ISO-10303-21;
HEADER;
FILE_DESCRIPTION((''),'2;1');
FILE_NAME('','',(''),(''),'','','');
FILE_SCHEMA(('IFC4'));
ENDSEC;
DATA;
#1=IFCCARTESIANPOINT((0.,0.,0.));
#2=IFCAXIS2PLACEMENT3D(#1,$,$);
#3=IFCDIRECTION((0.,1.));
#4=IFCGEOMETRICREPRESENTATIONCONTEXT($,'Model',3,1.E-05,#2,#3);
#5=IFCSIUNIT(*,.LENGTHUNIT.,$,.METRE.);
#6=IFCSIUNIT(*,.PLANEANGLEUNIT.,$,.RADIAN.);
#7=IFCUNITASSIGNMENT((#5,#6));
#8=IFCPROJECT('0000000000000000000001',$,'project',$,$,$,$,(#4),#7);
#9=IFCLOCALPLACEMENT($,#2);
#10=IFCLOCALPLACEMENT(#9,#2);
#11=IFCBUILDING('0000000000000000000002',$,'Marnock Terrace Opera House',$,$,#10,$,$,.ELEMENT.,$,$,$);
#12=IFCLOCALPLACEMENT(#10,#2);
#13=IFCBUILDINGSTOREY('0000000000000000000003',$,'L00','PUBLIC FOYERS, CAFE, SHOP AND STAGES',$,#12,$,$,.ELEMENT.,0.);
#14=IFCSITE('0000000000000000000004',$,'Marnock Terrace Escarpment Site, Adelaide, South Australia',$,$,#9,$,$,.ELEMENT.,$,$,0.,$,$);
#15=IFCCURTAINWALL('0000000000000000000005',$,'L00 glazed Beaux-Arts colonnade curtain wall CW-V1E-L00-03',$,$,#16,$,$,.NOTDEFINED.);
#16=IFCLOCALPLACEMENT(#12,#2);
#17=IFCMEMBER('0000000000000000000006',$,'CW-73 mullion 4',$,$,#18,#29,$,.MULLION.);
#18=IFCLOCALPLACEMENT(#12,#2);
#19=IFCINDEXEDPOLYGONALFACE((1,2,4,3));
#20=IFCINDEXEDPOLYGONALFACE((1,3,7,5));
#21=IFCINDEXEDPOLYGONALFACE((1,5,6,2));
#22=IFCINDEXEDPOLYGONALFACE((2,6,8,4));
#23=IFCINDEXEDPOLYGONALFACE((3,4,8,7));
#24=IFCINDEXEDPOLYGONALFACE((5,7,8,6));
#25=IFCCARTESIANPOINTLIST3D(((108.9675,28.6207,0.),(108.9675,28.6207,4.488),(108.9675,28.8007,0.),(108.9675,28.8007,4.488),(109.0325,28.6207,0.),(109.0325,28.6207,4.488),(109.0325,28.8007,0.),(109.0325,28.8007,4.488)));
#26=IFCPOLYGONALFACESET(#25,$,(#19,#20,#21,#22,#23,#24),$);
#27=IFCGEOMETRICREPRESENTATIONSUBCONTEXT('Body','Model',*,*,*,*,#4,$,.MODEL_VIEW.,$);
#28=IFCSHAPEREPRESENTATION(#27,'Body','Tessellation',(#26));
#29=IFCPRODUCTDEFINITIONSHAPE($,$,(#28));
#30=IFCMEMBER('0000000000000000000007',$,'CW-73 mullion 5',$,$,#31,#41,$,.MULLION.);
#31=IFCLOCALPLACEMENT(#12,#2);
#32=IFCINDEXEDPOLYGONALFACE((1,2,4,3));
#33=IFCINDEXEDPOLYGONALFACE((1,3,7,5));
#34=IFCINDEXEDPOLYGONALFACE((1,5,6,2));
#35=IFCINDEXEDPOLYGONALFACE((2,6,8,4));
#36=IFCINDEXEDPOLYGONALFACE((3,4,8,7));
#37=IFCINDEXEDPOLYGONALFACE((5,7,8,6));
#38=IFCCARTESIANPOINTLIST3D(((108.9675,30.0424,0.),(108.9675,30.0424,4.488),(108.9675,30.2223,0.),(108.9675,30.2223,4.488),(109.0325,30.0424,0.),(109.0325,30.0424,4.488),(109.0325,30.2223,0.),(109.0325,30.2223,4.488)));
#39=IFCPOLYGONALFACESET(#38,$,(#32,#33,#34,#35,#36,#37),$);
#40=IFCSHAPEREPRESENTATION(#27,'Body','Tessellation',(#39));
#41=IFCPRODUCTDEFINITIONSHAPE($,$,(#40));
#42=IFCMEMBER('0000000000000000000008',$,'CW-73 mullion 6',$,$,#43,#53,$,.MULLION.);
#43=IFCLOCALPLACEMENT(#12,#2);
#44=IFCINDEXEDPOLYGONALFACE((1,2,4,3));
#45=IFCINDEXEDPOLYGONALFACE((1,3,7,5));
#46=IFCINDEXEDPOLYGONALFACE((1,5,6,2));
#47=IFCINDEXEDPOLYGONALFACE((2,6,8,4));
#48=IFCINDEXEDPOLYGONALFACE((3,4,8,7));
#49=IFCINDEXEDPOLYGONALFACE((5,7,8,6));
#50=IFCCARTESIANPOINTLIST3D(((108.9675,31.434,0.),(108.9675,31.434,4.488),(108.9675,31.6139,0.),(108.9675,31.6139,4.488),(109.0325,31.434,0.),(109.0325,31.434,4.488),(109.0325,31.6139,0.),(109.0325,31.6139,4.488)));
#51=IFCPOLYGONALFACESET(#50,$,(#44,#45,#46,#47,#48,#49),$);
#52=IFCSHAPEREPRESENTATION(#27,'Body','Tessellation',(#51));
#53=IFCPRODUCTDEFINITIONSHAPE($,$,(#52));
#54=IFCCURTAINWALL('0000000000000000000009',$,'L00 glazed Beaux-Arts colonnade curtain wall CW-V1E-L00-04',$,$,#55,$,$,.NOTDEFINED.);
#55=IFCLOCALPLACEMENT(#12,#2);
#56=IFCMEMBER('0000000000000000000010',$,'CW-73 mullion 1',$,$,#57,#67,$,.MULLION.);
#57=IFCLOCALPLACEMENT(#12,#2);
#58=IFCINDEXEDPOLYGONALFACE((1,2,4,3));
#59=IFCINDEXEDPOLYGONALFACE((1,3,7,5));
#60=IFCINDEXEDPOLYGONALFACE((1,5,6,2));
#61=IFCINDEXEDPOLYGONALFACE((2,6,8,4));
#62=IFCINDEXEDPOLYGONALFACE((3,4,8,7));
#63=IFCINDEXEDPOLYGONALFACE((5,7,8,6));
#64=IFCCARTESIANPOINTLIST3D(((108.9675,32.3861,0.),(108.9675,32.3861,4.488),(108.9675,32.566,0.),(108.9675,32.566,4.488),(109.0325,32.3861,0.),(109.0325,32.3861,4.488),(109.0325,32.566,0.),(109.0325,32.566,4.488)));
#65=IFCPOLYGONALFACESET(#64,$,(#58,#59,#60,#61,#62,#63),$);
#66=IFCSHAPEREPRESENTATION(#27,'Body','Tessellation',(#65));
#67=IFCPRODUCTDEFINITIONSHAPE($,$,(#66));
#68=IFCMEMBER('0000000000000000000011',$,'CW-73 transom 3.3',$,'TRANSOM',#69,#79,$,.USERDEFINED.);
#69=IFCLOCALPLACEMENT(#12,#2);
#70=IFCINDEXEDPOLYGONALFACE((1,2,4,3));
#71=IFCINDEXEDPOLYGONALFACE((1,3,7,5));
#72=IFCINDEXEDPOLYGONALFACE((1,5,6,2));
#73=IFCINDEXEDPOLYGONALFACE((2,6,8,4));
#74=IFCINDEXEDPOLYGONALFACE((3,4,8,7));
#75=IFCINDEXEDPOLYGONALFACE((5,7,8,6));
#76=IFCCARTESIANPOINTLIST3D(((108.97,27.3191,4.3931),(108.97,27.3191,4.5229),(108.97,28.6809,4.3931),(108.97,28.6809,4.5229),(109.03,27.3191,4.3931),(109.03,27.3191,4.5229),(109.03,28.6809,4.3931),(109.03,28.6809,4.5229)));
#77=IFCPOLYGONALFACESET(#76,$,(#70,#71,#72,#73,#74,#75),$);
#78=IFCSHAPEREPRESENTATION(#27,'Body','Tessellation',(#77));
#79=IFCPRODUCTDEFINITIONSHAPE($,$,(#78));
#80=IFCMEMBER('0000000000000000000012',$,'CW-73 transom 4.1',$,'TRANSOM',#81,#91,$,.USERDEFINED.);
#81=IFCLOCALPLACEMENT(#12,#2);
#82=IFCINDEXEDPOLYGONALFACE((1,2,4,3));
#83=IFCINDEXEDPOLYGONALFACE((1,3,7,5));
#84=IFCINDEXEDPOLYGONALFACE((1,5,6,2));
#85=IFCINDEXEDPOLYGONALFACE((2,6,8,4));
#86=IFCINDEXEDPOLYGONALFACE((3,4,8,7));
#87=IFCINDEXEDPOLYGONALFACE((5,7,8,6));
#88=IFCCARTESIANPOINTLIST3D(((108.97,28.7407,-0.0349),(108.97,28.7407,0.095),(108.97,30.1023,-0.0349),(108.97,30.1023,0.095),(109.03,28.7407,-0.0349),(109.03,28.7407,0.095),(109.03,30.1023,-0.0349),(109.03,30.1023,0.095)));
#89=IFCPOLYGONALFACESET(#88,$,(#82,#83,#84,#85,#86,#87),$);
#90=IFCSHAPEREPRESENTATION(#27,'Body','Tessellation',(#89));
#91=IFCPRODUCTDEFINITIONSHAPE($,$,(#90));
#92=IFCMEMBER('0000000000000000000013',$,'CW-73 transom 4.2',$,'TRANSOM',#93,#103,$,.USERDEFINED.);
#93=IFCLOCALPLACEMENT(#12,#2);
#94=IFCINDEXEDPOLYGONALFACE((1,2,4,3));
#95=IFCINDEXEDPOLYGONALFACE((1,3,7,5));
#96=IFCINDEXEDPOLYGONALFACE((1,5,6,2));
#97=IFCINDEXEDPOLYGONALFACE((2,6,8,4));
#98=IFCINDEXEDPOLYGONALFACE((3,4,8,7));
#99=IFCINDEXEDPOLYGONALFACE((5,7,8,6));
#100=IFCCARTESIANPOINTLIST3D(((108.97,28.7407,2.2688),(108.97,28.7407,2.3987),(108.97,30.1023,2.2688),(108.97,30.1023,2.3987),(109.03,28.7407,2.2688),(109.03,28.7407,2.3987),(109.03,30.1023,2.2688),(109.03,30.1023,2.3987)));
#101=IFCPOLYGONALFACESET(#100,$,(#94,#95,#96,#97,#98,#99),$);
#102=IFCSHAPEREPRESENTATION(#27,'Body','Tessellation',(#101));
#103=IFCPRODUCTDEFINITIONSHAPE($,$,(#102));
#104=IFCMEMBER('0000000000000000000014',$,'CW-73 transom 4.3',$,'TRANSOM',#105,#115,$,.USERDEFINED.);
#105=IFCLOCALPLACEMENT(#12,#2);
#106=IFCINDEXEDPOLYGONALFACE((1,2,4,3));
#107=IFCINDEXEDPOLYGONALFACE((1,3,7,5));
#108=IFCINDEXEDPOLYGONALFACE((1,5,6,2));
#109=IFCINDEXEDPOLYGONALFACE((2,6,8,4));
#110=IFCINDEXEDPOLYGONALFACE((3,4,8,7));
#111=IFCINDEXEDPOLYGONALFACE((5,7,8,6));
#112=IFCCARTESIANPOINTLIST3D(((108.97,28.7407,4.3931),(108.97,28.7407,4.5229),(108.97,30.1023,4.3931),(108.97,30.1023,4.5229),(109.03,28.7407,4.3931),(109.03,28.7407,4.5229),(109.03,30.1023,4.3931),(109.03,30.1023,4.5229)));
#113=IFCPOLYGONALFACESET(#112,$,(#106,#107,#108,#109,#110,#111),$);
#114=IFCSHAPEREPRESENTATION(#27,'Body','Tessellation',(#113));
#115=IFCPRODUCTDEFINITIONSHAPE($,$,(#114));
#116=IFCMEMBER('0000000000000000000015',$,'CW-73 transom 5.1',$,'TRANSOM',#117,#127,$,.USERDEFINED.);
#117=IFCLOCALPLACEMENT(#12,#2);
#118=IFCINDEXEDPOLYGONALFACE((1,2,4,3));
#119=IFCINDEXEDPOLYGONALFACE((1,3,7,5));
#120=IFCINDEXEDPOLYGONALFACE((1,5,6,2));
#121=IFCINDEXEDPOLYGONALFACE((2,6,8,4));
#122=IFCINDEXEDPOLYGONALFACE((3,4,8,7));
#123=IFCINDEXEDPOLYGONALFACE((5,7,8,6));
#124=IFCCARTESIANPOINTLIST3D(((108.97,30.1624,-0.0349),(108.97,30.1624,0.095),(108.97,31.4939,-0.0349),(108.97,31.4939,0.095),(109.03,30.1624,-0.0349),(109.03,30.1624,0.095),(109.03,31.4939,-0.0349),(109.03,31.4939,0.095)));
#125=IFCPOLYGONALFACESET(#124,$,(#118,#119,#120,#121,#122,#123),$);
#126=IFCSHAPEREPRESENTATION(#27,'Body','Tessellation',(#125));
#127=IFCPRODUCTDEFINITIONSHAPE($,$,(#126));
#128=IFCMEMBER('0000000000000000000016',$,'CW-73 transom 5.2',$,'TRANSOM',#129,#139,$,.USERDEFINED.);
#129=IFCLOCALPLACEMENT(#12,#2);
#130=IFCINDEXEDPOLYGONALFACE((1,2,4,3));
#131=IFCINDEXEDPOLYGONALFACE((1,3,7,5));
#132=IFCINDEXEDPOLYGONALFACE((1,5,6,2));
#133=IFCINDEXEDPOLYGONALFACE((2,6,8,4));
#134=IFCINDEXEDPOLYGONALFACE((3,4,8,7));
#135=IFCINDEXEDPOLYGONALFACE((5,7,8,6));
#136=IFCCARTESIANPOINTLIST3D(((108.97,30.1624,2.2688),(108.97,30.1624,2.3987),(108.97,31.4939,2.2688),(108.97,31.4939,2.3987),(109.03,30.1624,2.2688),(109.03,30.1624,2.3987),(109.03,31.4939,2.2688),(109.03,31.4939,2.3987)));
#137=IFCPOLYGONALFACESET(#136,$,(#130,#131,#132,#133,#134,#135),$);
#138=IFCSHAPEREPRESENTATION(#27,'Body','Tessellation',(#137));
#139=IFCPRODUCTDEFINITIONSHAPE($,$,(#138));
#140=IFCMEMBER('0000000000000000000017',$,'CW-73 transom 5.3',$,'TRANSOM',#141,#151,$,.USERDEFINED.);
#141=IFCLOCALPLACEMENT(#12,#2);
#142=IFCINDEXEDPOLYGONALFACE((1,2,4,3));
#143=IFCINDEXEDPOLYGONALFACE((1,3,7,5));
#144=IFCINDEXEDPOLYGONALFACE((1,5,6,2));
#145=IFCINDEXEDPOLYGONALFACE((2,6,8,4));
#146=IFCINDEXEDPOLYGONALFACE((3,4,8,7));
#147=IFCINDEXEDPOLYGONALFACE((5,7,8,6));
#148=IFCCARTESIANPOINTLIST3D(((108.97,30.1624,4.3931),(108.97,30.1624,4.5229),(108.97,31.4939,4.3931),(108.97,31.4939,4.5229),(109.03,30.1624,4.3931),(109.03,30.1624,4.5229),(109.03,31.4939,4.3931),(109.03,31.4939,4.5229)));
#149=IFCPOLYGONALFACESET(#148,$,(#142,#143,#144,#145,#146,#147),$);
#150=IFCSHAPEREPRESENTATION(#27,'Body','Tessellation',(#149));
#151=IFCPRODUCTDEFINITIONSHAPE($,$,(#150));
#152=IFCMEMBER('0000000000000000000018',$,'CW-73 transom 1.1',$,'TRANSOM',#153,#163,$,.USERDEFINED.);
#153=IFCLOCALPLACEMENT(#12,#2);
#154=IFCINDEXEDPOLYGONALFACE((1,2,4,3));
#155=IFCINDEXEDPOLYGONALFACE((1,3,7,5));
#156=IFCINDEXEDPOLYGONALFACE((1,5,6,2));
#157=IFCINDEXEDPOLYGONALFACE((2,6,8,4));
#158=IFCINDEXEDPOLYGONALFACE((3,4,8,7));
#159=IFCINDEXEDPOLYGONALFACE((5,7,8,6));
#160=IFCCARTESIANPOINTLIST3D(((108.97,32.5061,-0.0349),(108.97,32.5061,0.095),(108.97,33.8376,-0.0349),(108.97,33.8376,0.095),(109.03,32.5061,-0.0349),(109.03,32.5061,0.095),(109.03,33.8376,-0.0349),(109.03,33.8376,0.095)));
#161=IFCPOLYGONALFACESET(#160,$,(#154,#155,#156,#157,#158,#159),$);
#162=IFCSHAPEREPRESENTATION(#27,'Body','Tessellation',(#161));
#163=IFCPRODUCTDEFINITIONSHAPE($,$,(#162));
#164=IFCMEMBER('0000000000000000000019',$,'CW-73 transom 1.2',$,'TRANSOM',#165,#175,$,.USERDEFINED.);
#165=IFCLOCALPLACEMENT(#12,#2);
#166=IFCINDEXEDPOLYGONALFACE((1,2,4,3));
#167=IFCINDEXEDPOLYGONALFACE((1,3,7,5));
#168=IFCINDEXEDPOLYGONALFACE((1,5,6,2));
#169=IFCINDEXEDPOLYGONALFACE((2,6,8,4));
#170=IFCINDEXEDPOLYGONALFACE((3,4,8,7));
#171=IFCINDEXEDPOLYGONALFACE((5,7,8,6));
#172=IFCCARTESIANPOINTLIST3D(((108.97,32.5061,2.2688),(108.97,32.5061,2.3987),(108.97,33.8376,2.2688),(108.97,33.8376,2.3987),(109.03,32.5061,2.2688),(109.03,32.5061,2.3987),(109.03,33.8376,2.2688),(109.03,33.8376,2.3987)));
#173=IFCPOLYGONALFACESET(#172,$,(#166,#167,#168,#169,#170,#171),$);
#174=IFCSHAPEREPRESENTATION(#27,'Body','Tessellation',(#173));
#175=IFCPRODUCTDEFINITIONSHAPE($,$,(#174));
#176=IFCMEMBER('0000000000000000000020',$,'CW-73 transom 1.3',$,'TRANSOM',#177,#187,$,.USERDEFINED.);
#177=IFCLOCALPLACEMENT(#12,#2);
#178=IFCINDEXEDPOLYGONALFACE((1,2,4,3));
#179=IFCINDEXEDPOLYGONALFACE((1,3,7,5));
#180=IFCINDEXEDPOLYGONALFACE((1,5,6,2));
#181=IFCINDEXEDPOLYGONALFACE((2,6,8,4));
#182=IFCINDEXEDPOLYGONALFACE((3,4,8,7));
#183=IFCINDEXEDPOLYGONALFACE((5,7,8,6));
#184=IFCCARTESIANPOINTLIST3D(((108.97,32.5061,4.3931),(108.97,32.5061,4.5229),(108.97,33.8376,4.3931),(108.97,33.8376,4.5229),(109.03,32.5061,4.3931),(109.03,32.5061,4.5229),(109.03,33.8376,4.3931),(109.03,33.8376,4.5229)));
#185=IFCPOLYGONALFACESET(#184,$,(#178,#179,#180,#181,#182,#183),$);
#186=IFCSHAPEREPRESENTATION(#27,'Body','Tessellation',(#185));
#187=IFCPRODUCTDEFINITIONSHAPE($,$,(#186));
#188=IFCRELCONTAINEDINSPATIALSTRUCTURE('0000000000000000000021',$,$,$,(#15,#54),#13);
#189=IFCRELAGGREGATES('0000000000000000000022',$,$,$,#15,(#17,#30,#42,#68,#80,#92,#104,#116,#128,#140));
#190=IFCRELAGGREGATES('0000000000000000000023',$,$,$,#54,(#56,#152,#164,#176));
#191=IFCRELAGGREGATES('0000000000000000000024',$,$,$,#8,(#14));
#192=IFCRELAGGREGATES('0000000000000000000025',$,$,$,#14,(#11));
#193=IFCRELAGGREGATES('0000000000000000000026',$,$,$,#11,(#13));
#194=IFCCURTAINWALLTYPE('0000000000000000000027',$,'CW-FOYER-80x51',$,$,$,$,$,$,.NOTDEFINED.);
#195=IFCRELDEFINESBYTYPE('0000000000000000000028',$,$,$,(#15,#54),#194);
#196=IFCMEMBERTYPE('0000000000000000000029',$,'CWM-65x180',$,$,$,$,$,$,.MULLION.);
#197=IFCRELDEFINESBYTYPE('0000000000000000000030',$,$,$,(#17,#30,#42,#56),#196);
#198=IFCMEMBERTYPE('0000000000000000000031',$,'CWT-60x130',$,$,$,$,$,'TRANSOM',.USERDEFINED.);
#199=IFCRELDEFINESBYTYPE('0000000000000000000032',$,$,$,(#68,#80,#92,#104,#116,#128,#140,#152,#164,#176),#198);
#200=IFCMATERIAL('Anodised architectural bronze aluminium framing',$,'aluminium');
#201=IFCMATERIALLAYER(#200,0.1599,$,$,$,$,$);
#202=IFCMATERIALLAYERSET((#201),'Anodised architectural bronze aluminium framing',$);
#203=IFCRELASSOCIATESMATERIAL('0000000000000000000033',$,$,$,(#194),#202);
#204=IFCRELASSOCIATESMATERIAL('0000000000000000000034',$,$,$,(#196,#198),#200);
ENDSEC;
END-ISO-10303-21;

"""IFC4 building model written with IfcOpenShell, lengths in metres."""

from ifc_helpers import new_model, si_unit, direction, frame, origin, origin_2d, place, context, subcontext, project, spatial, rectangle, extrude, material, layer, layer_set, material_profile, profile_set, type_object, element, aggregate, save


model = new_model("IFC4")

# Units and contexts
model_context = context("Model", 3, precision=1e-05, world=origin(), true_north=direction((0.0, 1.0)))
body_context = subcontext(model_context, "Body", "Model", "MODEL_VIEW")
ifc_project = project(units=[si_unit("LENGTHUNIT", "METRE"), si_unit("PLANEANGLEUNIT", "RADIAN")], contexts=[model_context])

# Site, building, storey
site_placement = place(None, origin())
site = spatial("IfcSite", under=ifc_project, at=site_placement, Name="Marnock Terrace Escarpment Site, Adelaide, South Australia", CompositionType="ELEMENT", RefElevation=0.0)
building_placement = place(site_placement, origin())
building = spatial("IfcBuilding", under=site, at=building_placement, Name="Marnock Terrace Opera House", CompositionType="ELEMENT")
storey_placement = place(building_placement, origin())
storey = spatial("IfcBuildingStorey", under=building, at=storey_placement, Name="L00", Description="PUBLIC FOYERS, CAFE, SHOP AND STAGES", CompositionType="ELEMENT", Elevation=0.0)

# Curtain wall, members
ifc_material_1 = material(Name="Anodised architectural bronze aluminium framing", Category="aluminium")
ifc_layer_1 = layer(ifc_material_1, 0.1599)
ifc_layer_set_1 = layer_set([ifc_layer_1], Name="Anodised architectural bronze aluminium framing")
curtain_wall_type = type_object("IfcCurtainWallType", Name="CW-FOYER-80x51", PredefinedType="NOTDEFINED", material=ifc_layer_set_1)
curtain_wall_1_placement = place(storey_placement, origin())
curtain_wall_1 = element("IfcCurtainWall", 1, at=curtain_wall_1_placement, inside=storey, type_object=curtain_wall_type, Name="L00 glazed Beaux-Arts colonnade curtain wall CW-V1E-L00-03", PredefinedType="NOTDEFINED")
ifc_material_profile_1 = material_profile(ifc_material_1, rectangle(XDim=0.0649, YDim=0.1799, at=origin_2d()))
ifc_profile_set_1 = profile_set([ifc_material_profile_1], Name="Anodised architectural bronze aluminium framing")
member_type_1 = type_object("IfcMemberType", Name="CWM-65x180", PredefinedType="MULLION", material=ifc_profile_set_1)
member_1_placement = place(storey_placement, frame((109.0, 28.7107, 0.0), z_axis=(0.0, 0.0, 1.0), x_axis=(-1.0, 0.0, 0.0)))
member_1 = element("IfcMember", 2, at=member_1_placement, type_object=member_type_1, Name="CW-73 mullion 4", PredefinedType="MULLION", context=body_context, shape_type="SweptSolid", body=[
    extrude(rectangle(XDim=0.0649, YDim=0.1799, at=origin_2d()), origin(), (0.0, 0.0, 1.0), 4.488),
])
member_2_placement = place(storey_placement, frame((109.0, 30.1323, 0.0), z_axis=(0.0, 0.0, 1.0), x_axis=(-1.0, 0.0, 0.0)))
member_2 = element("IfcMember", 3, at=member_2_placement, type_object=member_type_1, Name="CW-73 mullion 5", PredefinedType="MULLION", context=body_context, shape_type="SweptSolid", body=[
    extrude(rectangle(XDim=0.0649, YDim=0.1799, at=origin_2d()), origin(), (0.0, 0.0, 1.0), 4.488),
])
member_3_placement = place(storey_placement, frame((109.0, 31.5239, 0.0), z_axis=(0.0, 0.0, 1.0), x_axis=(-1.0, 0.0, 0.0)))
member_3 = element("IfcMember", 4, at=member_3_placement, type_object=member_type_1, Name="CW-73 mullion 6", PredefinedType="MULLION", context=body_context, shape_type="SweptSolid", body=[
    extrude(rectangle(XDim=0.0649, YDim=0.1799, at=origin_2d()), origin(), (0.0, 0.0, 1.0), 4.488),
])

# Curtain wall, member
curtain_wall_2_placement = place(storey_placement, origin())
curtain_wall_2 = element("IfcCurtainWall", 5, at=curtain_wall_2_placement, inside=storey, type_object=curtain_wall_type, Name="L00 glazed Beaux-Arts colonnade curtain wall CW-V1E-L00-04", PredefinedType="NOTDEFINED")
member_4_placement = place(storey_placement, frame((109.0, 32.4761, 0.0), z_axis=(0.0, 0.0, 1.0), x_axis=(-1.0, 0.0, 0.0)))
member_4 = element("IfcMember", 6, at=member_4_placement, type_object=member_type_1, Name="CW-73 mullion 1", PredefinedType="MULLION", context=body_context, shape_type="SweptSolid", body=[
    extrude(rectangle(XDim=0.0649, YDim=0.1799, at=origin_2d()), origin(), (0.0, 0.0, 1.0), 4.488),
])

# Members
ifc_material_profile_2 = material_profile(ifc_material_1, rectangle(XDim=0.0601, YDim=0.1299, at=origin_2d()))
ifc_profile_set_2 = profile_set([ifc_material_profile_2], Name="Anodised architectural bronze aluminium framing")
member_type_2 = type_object("IfcMemberType", Name="CWT-60x130", ElementType="TRANSOM", PredefinedType="USERDEFINED", material=ifc_profile_set_2)
member_5_placement = place(storey_placement, frame((109.0, 27.3191, 4.458), z_axis=(0.0, 1.0, 0.0), x_axis=(-1.0, 0.0, 0.0)))
member_5 = element("IfcMember", 7, at=member_5_placement, type_object=member_type_2, Name="CW-73 transom 3.3", ObjectType="TRANSOM", PredefinedType="USERDEFINED", context=body_context, shape_type="SweptSolid", body=[
    extrude(rectangle(XDim=0.0601, YDim=0.1299, at=origin_2d()), origin(), (0.0, 0.0, 1.0), 1.3618),
])
member_6_placement = place(storey_placement, frame((109.0, 28.7407, 0.03), z_axis=(0.0, 1.0, 0.0), x_axis=(-1.0, 0.0, 0.0)))
member_6 = element("IfcMember", 8, at=member_6_placement, type_object=member_type_2, Name="CW-73 transom 4.1", ObjectType="TRANSOM", PredefinedType="USERDEFINED", context=body_context, shape_type="SweptSolid", body=[
    extrude(rectangle(XDim=0.0601, YDim=0.1299, at=origin_2d()), origin(), (0.0, 0.0, 1.0), 1.3616),
])
member_7_placement = place(storey_placement, frame((109.0, 28.7407, 2.3337), z_axis=(0.0, 1.0, 0.0), x_axis=(-1.0, 0.0, 0.0)))
member_7 = element("IfcMember", 9, at=member_7_placement, type_object=member_type_2, Name="CW-73 transom 4.2", ObjectType="TRANSOM", PredefinedType="USERDEFINED", context=body_context, shape_type="SweptSolid", body=[
    extrude(rectangle(XDim=0.0601, YDim=0.1299, at=origin_2d()), origin(), (0.0, 0.0, 1.0), 1.3616),
])
member_8_placement = place(storey_placement, frame((109.0, 28.7407, 4.458), z_axis=(0.0, 1.0, 0.0), x_axis=(-1.0, 0.0, 0.0)))
member_8 = element("IfcMember", 10, at=member_8_placement, type_object=member_type_2, Name="CW-73 transom 4.3", ObjectType="TRANSOM", PredefinedType="USERDEFINED", context=body_context, shape_type="SweptSolid", body=[
    extrude(rectangle(XDim=0.0601, YDim=0.1299, at=origin_2d()), origin(), (0.0, 0.0, 1.0), 1.3616),
])
member_9_placement = place(storey_placement, frame((109.0, 30.1624, 0.03), z_axis=(0.0, 1.0, 0.0), x_axis=(-1.0, 0.0, 0.0)))
member_9 = element("IfcMember", 11, at=member_9_placement, type_object=member_type_2, Name="CW-73 transom 5.1", ObjectType="TRANSOM", PredefinedType="USERDEFINED", context=body_context, shape_type="SweptSolid", body=[
    extrude(rectangle(XDim=0.0601, YDim=0.1299, at=origin_2d()), origin(), (0.0, 0.0, 1.0), 1.3315),
])
member_10_placement = place(storey_placement, frame((109.0, 30.1624, 2.3337), z_axis=(0.0, 1.0, 0.0), x_axis=(-1.0, 0.0, 0.0)))
member_10 = element("IfcMember", 12, at=member_10_placement, type_object=member_type_2, Name="CW-73 transom 5.2", ObjectType="TRANSOM", PredefinedType="USERDEFINED", context=body_context, shape_type="SweptSolid", body=[
    extrude(rectangle(XDim=0.0601, YDim=0.1299, at=origin_2d()), origin(), (0.0, 0.0, 1.0), 1.3315),
])
member_11_placement = place(storey_placement, frame((109.0, 30.1624, 4.458), z_axis=(0.0, 1.0, 0.0), x_axis=(-1.0, 0.0, 0.0)))
member_11 = element("IfcMember", 13, at=member_11_placement, type_object=member_type_2, Name="CW-73 transom 5.3", ObjectType="TRANSOM", PredefinedType="USERDEFINED", context=body_context, shape_type="SweptSolid", body=[
    extrude(rectangle(XDim=0.0601, YDim=0.1299, at=origin_2d()), origin(), (0.0, 0.0, 1.0), 1.3315),
])
member_12_placement = place(storey_placement, frame((109.0, 32.5061, 0.03), z_axis=(0.0, 1.0, 0.0), x_axis=(-1.0, 0.0, 0.0)))
member_12 = element("IfcMember", 14, at=member_12_placement, type_object=member_type_2, Name="CW-73 transom 1.1", ObjectType="TRANSOM", PredefinedType="USERDEFINED", context=body_context, shape_type="SweptSolid", body=[
    extrude(rectangle(XDim=0.0601, YDim=0.1299, at=origin_2d()), origin(), (0.0, 0.0, 1.0), 1.3315),
])
member_13_placement = place(storey_placement, frame((109.0, 32.5061, 2.3337), z_axis=(0.0, 1.0, 0.0), x_axis=(-1.0, 0.0, 0.0)))
member_13 = element("IfcMember", 15, at=member_13_placement, type_object=member_type_2, Name="CW-73 transom 1.2", ObjectType="TRANSOM", PredefinedType="USERDEFINED", context=body_context, shape_type="SweptSolid", body=[
    extrude(rectangle(XDim=0.0601, YDim=0.1299, at=origin_2d()), origin(), (0.0, 0.0, 1.0), 1.3315),
])
member_14_placement = place(storey_placement, frame((109.0, 32.5061, 4.458), z_axis=(0.0, 1.0, 0.0), x_axis=(-1.0, 0.0, 0.0)))
member_14 = element("IfcMember", 16, at=member_14_placement, type_object=member_type_2, Name="CW-73 transom 1.3", ObjectType="TRANSOM", PredefinedType="USERDEFINED", context=body_context, shape_type="SweptSolid", body=[
    extrude(rectangle(XDim=0.0601, YDim=0.1299, at=origin_2d()), origin(), (0.0, 0.0, 1.0), 1.3315),
])

aggregate(curtain_wall_1, [member_1, member_2, member_3, member_5, member_6, member_7, member_8, member_9, member_10, member_11])
aggregate(curtain_wall_2, [member_4, member_12, member_13, member_14])

save(model, "model.ifc")
